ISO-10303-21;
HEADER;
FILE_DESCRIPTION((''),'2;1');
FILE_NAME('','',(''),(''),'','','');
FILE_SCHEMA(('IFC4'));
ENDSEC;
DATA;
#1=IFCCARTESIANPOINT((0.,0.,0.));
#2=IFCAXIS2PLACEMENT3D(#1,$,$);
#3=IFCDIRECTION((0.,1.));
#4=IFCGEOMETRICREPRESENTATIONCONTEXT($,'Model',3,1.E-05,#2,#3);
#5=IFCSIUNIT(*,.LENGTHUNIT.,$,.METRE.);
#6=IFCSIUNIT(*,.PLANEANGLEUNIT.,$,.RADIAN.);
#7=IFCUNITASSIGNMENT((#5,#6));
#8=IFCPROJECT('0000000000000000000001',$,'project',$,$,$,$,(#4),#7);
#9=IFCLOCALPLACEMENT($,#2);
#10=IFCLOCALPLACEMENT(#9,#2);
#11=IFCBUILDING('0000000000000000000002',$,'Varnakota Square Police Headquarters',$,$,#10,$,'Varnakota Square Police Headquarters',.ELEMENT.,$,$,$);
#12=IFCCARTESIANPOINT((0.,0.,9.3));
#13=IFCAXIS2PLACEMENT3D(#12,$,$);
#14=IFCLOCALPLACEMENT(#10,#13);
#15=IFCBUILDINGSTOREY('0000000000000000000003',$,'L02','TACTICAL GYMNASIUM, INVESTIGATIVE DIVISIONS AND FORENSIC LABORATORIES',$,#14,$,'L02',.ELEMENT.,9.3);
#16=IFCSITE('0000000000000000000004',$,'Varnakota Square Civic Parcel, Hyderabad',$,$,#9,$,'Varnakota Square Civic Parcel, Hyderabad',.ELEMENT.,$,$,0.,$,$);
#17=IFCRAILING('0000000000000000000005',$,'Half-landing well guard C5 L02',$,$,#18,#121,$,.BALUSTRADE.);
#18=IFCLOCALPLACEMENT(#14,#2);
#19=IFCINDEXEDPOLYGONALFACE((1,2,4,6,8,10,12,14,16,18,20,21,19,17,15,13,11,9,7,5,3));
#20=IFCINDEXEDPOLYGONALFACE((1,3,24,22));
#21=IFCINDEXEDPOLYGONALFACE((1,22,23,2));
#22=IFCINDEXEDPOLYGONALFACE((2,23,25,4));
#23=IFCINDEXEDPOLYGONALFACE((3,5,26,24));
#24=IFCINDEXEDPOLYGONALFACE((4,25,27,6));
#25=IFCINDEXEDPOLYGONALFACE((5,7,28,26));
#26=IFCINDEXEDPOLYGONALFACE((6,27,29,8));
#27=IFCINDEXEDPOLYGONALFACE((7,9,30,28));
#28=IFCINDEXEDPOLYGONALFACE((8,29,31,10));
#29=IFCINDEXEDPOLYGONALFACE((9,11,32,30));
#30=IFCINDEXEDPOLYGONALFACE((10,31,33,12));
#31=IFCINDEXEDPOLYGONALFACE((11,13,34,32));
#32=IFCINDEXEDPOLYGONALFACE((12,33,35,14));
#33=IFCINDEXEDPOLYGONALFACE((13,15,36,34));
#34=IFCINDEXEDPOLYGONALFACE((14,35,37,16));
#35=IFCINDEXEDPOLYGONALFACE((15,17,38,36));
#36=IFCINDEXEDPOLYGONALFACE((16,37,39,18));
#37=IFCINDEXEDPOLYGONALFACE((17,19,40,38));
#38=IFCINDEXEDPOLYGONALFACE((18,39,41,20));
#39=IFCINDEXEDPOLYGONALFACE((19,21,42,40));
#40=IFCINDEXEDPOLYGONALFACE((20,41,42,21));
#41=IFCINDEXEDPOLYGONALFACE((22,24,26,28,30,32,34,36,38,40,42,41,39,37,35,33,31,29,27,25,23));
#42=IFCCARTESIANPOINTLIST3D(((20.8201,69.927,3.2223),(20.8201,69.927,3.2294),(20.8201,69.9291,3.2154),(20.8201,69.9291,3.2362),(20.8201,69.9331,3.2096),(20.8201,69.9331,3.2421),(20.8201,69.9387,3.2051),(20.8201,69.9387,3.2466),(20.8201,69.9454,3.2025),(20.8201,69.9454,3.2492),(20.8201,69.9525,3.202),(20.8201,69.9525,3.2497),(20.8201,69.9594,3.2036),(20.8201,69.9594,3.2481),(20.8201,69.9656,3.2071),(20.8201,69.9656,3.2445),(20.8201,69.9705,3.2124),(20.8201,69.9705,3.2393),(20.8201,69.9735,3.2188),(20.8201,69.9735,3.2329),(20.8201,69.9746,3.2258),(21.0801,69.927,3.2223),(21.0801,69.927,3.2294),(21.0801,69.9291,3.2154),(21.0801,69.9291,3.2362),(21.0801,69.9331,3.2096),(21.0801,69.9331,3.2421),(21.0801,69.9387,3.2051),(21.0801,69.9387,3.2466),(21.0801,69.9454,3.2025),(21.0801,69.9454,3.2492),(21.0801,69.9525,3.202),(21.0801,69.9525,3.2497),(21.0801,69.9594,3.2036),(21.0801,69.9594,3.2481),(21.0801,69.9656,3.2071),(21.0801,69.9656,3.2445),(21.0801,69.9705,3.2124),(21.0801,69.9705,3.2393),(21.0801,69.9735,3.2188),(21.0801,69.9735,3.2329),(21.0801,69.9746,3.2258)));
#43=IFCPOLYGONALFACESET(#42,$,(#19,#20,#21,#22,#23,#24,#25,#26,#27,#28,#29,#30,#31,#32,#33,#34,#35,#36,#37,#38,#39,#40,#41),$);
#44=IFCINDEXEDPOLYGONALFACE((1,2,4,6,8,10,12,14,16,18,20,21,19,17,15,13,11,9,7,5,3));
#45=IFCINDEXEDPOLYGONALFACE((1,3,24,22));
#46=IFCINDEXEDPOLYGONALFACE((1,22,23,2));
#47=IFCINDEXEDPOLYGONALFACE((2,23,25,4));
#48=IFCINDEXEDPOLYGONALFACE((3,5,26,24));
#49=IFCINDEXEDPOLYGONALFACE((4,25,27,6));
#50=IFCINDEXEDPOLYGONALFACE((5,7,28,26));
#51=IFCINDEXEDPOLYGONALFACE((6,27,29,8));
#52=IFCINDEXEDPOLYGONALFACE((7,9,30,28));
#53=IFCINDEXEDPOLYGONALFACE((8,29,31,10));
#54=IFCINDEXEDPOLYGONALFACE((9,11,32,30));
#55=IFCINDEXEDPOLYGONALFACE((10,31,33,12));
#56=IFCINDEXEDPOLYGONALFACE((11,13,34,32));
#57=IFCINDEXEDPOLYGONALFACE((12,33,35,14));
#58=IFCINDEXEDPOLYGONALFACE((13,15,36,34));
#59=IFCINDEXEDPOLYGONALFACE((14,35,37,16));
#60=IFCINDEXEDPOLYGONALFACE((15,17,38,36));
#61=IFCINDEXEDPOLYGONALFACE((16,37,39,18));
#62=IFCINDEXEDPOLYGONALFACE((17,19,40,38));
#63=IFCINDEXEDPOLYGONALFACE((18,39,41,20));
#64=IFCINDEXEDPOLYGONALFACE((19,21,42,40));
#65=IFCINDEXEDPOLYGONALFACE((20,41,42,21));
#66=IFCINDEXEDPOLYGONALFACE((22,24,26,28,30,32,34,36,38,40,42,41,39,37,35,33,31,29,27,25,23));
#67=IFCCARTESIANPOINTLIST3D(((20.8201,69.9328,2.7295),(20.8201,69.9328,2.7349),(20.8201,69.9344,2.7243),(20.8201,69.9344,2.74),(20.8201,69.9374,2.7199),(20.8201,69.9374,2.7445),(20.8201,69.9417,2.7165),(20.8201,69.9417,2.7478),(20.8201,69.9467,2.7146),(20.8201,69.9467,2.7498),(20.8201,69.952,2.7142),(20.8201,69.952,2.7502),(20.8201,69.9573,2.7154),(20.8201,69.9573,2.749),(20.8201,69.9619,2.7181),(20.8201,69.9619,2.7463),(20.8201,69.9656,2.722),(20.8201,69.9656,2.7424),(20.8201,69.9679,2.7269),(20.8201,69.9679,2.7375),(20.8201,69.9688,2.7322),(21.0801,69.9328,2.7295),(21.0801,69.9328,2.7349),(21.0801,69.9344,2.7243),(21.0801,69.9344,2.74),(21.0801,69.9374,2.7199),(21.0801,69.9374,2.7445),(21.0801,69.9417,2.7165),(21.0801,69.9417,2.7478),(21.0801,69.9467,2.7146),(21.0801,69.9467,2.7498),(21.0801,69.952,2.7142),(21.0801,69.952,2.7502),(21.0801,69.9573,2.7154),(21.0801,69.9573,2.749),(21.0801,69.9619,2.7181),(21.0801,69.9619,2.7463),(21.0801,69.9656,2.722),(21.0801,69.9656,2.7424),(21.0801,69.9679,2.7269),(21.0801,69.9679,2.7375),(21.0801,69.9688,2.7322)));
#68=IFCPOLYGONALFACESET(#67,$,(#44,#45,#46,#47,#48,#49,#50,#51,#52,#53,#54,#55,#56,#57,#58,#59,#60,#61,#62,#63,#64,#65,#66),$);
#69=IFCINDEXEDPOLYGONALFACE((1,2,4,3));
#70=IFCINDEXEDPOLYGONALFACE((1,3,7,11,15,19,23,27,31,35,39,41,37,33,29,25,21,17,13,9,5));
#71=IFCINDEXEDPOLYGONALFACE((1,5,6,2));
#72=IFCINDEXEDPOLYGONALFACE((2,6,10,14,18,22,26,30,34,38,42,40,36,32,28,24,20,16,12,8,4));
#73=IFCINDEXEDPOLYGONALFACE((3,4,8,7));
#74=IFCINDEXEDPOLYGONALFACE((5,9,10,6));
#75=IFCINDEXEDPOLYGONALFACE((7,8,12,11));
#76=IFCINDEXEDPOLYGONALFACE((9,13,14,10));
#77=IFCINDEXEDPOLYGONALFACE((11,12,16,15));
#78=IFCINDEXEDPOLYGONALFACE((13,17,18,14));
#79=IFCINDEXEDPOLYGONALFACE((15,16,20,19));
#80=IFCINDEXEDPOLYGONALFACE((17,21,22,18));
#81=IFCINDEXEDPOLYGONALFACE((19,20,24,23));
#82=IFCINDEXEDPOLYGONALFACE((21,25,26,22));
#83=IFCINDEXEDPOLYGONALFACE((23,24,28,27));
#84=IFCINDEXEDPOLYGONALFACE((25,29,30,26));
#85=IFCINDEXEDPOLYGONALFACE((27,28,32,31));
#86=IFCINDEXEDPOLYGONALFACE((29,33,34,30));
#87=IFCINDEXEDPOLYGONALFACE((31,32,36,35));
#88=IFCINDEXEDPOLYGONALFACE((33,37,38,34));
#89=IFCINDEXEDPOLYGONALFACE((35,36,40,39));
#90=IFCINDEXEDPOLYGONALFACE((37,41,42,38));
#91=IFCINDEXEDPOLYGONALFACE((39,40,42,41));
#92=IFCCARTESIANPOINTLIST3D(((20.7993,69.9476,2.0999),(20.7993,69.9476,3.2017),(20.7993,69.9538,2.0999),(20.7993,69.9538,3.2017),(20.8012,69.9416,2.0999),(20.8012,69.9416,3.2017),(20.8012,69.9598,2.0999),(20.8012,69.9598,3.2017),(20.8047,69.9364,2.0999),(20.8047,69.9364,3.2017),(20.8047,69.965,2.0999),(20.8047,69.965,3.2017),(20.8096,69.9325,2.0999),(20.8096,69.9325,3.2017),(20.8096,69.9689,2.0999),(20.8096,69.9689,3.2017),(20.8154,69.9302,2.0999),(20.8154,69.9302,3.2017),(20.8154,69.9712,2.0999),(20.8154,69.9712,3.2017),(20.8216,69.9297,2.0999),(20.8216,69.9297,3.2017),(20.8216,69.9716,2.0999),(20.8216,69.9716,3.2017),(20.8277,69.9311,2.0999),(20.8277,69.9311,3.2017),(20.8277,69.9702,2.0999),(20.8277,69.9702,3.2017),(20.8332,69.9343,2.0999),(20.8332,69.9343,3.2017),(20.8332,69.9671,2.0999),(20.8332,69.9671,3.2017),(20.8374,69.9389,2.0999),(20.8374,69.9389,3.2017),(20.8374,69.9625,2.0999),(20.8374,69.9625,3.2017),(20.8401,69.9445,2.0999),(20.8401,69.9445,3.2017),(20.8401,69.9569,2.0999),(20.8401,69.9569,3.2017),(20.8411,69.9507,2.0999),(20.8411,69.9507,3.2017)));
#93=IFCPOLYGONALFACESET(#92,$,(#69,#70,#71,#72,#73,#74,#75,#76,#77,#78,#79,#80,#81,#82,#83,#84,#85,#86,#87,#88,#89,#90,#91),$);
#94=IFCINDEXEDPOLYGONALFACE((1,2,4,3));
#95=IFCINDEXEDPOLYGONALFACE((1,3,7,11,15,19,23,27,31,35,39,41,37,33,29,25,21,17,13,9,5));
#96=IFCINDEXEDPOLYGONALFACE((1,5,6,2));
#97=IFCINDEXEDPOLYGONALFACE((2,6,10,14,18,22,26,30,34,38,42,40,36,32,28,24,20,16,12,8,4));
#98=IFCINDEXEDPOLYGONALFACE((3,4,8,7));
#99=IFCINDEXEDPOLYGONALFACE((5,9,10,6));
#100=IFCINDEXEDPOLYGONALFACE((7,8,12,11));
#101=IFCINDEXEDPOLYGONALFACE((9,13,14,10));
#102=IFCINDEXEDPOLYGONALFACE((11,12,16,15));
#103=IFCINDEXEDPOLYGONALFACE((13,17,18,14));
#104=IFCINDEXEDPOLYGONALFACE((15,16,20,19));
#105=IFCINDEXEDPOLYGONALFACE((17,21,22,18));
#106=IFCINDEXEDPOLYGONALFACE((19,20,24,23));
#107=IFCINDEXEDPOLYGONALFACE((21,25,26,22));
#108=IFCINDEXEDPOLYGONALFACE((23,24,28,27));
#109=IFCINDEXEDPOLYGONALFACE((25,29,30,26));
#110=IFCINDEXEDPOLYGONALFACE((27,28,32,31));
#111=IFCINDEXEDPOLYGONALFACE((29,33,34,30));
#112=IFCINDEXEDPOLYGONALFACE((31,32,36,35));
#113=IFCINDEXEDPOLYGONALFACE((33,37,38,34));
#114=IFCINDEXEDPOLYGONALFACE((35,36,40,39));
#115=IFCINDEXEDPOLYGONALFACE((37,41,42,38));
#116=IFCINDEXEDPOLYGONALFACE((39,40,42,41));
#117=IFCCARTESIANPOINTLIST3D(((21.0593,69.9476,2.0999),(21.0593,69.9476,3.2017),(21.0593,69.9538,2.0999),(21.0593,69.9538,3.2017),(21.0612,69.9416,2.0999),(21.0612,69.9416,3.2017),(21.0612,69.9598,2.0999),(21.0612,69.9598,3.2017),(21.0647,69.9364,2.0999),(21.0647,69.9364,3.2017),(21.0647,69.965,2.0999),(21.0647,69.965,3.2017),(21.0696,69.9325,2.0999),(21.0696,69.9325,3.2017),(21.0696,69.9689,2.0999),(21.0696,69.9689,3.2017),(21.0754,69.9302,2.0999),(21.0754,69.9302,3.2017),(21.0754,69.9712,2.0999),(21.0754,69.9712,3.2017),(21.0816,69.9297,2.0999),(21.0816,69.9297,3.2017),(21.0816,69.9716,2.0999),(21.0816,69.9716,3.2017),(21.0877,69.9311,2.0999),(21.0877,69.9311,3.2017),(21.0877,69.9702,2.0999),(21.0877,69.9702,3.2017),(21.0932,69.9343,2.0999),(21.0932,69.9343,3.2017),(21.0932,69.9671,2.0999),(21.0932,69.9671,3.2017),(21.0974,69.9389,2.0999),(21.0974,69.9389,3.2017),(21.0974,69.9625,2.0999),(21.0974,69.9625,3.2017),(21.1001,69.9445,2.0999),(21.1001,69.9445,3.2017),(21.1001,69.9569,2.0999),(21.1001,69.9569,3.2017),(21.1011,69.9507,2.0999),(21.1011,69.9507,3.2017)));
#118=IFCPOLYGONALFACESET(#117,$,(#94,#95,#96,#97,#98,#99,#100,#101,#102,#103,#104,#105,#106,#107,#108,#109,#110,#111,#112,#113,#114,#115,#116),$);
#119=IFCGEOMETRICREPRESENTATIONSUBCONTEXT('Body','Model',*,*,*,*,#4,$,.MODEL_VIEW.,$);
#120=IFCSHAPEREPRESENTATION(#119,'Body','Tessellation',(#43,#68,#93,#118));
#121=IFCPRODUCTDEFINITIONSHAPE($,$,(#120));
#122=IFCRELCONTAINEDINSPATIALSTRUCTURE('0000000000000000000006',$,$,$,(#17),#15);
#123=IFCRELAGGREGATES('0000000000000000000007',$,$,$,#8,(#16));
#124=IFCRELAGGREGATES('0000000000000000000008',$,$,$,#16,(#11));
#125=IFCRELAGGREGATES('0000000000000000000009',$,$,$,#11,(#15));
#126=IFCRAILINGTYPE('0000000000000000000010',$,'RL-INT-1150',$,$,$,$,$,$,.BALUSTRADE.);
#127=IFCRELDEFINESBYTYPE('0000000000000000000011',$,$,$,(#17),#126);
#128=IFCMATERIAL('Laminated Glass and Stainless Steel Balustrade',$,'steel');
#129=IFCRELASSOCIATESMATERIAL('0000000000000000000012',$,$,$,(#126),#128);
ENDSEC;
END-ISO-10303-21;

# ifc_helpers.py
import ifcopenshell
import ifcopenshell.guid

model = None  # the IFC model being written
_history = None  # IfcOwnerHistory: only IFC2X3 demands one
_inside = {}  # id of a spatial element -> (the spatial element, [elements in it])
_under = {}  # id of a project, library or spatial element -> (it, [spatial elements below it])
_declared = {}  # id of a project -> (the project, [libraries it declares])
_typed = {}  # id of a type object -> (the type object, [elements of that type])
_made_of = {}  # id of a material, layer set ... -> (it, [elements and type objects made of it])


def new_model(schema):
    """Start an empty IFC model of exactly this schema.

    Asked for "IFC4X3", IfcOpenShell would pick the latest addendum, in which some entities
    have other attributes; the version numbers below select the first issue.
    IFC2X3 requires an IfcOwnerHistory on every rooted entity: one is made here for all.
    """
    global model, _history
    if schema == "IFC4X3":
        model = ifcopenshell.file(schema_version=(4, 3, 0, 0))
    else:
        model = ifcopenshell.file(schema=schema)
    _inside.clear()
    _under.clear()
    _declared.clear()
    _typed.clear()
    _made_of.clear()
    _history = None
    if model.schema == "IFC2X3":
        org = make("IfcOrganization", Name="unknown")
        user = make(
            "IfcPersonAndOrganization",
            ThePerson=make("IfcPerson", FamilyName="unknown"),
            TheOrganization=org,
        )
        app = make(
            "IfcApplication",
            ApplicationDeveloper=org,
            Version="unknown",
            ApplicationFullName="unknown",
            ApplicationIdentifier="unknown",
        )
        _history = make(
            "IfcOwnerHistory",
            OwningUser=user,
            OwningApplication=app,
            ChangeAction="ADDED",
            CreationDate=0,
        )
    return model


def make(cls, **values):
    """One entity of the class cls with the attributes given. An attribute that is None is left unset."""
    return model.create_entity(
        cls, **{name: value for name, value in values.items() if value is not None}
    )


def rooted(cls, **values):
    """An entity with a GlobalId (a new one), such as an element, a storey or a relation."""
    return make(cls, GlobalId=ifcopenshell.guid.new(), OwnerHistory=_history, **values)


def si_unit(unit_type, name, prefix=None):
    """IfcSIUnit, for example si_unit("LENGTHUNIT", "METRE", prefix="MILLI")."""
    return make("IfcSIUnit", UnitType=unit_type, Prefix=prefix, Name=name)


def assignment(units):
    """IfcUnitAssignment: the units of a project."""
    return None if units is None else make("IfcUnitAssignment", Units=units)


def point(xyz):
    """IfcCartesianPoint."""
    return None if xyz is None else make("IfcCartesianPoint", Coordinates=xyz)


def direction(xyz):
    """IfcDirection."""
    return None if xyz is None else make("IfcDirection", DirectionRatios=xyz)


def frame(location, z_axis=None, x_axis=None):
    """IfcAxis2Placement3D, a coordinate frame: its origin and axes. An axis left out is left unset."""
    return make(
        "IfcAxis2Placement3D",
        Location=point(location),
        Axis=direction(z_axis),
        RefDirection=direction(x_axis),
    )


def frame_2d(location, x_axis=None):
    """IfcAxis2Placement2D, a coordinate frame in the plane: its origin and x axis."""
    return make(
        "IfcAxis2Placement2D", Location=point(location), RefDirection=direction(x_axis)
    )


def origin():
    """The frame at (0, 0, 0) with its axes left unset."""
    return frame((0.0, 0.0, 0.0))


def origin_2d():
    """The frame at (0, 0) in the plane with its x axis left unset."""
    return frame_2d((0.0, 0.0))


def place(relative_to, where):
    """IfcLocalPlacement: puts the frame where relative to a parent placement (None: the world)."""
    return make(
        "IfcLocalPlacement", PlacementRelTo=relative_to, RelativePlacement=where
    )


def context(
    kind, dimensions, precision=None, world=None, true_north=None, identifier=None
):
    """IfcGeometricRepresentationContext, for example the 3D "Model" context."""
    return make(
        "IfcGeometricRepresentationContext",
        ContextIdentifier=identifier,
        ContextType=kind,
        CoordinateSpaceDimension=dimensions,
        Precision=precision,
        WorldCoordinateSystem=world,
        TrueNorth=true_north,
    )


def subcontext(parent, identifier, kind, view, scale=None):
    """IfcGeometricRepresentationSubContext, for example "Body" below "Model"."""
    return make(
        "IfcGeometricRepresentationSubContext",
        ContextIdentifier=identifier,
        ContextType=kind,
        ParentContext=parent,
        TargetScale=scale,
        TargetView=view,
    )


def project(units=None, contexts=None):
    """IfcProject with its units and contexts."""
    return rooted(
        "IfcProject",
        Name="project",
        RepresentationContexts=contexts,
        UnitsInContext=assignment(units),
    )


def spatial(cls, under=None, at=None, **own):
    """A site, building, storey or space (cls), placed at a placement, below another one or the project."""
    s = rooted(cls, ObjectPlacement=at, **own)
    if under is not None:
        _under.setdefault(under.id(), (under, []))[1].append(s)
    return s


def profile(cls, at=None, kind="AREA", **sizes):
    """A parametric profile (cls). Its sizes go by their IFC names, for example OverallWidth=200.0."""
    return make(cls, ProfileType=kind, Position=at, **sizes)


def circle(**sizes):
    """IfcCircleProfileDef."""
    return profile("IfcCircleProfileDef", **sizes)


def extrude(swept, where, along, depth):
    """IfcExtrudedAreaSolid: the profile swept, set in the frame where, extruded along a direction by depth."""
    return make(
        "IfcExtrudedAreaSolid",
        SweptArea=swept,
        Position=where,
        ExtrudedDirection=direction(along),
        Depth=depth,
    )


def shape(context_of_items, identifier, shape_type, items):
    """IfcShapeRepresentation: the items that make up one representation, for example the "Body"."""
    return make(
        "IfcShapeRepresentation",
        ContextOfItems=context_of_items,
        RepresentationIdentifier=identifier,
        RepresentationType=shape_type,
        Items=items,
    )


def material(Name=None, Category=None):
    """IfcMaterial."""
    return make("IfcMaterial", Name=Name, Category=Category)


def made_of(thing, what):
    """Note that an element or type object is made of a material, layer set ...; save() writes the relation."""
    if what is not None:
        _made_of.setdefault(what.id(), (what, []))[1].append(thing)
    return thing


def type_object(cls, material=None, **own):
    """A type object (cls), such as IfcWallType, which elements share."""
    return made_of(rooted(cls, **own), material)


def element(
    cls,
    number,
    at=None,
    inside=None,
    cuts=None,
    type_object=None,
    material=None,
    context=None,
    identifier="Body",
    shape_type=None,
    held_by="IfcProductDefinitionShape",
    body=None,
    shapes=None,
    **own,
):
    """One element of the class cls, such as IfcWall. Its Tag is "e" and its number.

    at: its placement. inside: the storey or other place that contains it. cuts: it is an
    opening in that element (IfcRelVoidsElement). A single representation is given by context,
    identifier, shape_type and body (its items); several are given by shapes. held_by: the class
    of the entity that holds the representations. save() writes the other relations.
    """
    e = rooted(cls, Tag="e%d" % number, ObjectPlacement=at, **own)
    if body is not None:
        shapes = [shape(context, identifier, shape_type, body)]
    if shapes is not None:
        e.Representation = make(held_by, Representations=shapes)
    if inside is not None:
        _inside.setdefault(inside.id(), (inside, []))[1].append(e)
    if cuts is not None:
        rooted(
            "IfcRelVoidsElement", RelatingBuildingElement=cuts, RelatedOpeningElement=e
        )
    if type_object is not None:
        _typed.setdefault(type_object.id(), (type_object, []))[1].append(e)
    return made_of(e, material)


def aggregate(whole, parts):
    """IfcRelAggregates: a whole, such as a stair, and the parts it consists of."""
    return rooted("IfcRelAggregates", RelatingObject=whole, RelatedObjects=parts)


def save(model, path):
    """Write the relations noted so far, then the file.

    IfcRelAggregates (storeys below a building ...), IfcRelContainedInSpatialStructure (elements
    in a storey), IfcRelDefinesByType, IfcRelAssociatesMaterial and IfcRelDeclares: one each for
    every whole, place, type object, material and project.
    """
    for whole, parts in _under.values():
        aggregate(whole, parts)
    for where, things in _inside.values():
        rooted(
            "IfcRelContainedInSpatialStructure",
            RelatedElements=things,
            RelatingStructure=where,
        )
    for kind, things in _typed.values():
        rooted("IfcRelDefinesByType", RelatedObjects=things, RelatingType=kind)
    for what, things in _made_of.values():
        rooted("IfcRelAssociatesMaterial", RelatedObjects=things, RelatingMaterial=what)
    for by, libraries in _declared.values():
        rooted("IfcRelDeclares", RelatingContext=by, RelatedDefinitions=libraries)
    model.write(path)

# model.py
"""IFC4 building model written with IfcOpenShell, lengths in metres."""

from ifc_helpers import new_model, si_unit, direction, frame, origin, origin_2d, place, context, subcontext, project, spatial, circle, extrude, material, type_object, element, save


model = new_model("IFC4")

# Units and contexts
model_context = context("Model", 3, precision=1e-05, world=origin(), true_north=direction((0.0, 1.0)))
body_context = subcontext(model_context, "Body", "Model", "MODEL_VIEW")
ifc_project = project(units=[si_unit("LENGTHUNIT", "METRE"), si_unit("PLANEANGLEUNIT", "RADIAN")], contexts=[model_context])

# Site, building, storey
site_placement = place(None, origin())
site = spatial("IfcSite", under=ifc_project, at=site_placement, Name="Varnakota Square Civic Parcel, Hyderabad", LongName="Varnakota Square Civic Parcel, Hyderabad", CompositionType="ELEMENT", RefElevation=0.0)
building_placement = place(site_placement, origin())
building = spatial("IfcBuilding", under=site, at=building_placement, Name="Varnakota Square Police Headquarters", LongName="Varnakota Square Police Headquarters", CompositionType="ELEMENT")
storey_placement = place(building_placement, frame((0.0, 0.0, 9.3)))
storey = spatial("IfcBuildingStorey", under=building, at=storey_placement, Name="L02", Description="TACTICAL GYMNASIUM, INVESTIGATIVE DIVISIONS AND FORENSIC LABORATORIES", LongName="L02", CompositionType="ELEMENT", Elevation=9.3)

# Railing
ifc_material_1 = material(Name="Laminated Glass and Stainless Steel Balustrade", Category="steel")
railing_type_1 = type_object("IfcRailingType", Name="RL-INT-1150", PredefinedType="BALUSTRADE", material=ifc_material_1)
railing_1_placement = place(storey_placement, frame((20.8201, 69.9507, 2.0999)))
element("IfcRailing", 1, at=railing_1_placement, inside=storey, type_object=railing_type_1, Name="Half-landing well guard C5 L02", PredefinedType="BALUSTRADE", context=body_context, shape_type="SweptSolid", body=[
    extrude(circle(Radius=0.0239, at=origin_2d()), frame((0.0, 0.0, 1.126), z_axis=(1.0, 0.0, 0.0), x_axis=(0.0, 1.0, 0.0)), (0.0, 0.0, 1.0), 0.26),
    extrude(circle(Radius=0.0181, at=origin_2d()), frame((0.0, 0.0, 0.6323), z_axis=(1.0, 0.0, 0.0), x_axis=(0.0, 1.0, 0.0)), (0.0, 0.0, 1.0), 0.26),
    extrude(circle(Radius=0.021, at=origin_2d()), origin(), (0.0, 0.0, 1.0), 1.1018),
    extrude(circle(Radius=0.021, at=origin_2d()), frame((0.26, 0.0, 0.0)), (0.0, 0.0, 1.0), 1.1018),
])

save(model, "model.ifc")
